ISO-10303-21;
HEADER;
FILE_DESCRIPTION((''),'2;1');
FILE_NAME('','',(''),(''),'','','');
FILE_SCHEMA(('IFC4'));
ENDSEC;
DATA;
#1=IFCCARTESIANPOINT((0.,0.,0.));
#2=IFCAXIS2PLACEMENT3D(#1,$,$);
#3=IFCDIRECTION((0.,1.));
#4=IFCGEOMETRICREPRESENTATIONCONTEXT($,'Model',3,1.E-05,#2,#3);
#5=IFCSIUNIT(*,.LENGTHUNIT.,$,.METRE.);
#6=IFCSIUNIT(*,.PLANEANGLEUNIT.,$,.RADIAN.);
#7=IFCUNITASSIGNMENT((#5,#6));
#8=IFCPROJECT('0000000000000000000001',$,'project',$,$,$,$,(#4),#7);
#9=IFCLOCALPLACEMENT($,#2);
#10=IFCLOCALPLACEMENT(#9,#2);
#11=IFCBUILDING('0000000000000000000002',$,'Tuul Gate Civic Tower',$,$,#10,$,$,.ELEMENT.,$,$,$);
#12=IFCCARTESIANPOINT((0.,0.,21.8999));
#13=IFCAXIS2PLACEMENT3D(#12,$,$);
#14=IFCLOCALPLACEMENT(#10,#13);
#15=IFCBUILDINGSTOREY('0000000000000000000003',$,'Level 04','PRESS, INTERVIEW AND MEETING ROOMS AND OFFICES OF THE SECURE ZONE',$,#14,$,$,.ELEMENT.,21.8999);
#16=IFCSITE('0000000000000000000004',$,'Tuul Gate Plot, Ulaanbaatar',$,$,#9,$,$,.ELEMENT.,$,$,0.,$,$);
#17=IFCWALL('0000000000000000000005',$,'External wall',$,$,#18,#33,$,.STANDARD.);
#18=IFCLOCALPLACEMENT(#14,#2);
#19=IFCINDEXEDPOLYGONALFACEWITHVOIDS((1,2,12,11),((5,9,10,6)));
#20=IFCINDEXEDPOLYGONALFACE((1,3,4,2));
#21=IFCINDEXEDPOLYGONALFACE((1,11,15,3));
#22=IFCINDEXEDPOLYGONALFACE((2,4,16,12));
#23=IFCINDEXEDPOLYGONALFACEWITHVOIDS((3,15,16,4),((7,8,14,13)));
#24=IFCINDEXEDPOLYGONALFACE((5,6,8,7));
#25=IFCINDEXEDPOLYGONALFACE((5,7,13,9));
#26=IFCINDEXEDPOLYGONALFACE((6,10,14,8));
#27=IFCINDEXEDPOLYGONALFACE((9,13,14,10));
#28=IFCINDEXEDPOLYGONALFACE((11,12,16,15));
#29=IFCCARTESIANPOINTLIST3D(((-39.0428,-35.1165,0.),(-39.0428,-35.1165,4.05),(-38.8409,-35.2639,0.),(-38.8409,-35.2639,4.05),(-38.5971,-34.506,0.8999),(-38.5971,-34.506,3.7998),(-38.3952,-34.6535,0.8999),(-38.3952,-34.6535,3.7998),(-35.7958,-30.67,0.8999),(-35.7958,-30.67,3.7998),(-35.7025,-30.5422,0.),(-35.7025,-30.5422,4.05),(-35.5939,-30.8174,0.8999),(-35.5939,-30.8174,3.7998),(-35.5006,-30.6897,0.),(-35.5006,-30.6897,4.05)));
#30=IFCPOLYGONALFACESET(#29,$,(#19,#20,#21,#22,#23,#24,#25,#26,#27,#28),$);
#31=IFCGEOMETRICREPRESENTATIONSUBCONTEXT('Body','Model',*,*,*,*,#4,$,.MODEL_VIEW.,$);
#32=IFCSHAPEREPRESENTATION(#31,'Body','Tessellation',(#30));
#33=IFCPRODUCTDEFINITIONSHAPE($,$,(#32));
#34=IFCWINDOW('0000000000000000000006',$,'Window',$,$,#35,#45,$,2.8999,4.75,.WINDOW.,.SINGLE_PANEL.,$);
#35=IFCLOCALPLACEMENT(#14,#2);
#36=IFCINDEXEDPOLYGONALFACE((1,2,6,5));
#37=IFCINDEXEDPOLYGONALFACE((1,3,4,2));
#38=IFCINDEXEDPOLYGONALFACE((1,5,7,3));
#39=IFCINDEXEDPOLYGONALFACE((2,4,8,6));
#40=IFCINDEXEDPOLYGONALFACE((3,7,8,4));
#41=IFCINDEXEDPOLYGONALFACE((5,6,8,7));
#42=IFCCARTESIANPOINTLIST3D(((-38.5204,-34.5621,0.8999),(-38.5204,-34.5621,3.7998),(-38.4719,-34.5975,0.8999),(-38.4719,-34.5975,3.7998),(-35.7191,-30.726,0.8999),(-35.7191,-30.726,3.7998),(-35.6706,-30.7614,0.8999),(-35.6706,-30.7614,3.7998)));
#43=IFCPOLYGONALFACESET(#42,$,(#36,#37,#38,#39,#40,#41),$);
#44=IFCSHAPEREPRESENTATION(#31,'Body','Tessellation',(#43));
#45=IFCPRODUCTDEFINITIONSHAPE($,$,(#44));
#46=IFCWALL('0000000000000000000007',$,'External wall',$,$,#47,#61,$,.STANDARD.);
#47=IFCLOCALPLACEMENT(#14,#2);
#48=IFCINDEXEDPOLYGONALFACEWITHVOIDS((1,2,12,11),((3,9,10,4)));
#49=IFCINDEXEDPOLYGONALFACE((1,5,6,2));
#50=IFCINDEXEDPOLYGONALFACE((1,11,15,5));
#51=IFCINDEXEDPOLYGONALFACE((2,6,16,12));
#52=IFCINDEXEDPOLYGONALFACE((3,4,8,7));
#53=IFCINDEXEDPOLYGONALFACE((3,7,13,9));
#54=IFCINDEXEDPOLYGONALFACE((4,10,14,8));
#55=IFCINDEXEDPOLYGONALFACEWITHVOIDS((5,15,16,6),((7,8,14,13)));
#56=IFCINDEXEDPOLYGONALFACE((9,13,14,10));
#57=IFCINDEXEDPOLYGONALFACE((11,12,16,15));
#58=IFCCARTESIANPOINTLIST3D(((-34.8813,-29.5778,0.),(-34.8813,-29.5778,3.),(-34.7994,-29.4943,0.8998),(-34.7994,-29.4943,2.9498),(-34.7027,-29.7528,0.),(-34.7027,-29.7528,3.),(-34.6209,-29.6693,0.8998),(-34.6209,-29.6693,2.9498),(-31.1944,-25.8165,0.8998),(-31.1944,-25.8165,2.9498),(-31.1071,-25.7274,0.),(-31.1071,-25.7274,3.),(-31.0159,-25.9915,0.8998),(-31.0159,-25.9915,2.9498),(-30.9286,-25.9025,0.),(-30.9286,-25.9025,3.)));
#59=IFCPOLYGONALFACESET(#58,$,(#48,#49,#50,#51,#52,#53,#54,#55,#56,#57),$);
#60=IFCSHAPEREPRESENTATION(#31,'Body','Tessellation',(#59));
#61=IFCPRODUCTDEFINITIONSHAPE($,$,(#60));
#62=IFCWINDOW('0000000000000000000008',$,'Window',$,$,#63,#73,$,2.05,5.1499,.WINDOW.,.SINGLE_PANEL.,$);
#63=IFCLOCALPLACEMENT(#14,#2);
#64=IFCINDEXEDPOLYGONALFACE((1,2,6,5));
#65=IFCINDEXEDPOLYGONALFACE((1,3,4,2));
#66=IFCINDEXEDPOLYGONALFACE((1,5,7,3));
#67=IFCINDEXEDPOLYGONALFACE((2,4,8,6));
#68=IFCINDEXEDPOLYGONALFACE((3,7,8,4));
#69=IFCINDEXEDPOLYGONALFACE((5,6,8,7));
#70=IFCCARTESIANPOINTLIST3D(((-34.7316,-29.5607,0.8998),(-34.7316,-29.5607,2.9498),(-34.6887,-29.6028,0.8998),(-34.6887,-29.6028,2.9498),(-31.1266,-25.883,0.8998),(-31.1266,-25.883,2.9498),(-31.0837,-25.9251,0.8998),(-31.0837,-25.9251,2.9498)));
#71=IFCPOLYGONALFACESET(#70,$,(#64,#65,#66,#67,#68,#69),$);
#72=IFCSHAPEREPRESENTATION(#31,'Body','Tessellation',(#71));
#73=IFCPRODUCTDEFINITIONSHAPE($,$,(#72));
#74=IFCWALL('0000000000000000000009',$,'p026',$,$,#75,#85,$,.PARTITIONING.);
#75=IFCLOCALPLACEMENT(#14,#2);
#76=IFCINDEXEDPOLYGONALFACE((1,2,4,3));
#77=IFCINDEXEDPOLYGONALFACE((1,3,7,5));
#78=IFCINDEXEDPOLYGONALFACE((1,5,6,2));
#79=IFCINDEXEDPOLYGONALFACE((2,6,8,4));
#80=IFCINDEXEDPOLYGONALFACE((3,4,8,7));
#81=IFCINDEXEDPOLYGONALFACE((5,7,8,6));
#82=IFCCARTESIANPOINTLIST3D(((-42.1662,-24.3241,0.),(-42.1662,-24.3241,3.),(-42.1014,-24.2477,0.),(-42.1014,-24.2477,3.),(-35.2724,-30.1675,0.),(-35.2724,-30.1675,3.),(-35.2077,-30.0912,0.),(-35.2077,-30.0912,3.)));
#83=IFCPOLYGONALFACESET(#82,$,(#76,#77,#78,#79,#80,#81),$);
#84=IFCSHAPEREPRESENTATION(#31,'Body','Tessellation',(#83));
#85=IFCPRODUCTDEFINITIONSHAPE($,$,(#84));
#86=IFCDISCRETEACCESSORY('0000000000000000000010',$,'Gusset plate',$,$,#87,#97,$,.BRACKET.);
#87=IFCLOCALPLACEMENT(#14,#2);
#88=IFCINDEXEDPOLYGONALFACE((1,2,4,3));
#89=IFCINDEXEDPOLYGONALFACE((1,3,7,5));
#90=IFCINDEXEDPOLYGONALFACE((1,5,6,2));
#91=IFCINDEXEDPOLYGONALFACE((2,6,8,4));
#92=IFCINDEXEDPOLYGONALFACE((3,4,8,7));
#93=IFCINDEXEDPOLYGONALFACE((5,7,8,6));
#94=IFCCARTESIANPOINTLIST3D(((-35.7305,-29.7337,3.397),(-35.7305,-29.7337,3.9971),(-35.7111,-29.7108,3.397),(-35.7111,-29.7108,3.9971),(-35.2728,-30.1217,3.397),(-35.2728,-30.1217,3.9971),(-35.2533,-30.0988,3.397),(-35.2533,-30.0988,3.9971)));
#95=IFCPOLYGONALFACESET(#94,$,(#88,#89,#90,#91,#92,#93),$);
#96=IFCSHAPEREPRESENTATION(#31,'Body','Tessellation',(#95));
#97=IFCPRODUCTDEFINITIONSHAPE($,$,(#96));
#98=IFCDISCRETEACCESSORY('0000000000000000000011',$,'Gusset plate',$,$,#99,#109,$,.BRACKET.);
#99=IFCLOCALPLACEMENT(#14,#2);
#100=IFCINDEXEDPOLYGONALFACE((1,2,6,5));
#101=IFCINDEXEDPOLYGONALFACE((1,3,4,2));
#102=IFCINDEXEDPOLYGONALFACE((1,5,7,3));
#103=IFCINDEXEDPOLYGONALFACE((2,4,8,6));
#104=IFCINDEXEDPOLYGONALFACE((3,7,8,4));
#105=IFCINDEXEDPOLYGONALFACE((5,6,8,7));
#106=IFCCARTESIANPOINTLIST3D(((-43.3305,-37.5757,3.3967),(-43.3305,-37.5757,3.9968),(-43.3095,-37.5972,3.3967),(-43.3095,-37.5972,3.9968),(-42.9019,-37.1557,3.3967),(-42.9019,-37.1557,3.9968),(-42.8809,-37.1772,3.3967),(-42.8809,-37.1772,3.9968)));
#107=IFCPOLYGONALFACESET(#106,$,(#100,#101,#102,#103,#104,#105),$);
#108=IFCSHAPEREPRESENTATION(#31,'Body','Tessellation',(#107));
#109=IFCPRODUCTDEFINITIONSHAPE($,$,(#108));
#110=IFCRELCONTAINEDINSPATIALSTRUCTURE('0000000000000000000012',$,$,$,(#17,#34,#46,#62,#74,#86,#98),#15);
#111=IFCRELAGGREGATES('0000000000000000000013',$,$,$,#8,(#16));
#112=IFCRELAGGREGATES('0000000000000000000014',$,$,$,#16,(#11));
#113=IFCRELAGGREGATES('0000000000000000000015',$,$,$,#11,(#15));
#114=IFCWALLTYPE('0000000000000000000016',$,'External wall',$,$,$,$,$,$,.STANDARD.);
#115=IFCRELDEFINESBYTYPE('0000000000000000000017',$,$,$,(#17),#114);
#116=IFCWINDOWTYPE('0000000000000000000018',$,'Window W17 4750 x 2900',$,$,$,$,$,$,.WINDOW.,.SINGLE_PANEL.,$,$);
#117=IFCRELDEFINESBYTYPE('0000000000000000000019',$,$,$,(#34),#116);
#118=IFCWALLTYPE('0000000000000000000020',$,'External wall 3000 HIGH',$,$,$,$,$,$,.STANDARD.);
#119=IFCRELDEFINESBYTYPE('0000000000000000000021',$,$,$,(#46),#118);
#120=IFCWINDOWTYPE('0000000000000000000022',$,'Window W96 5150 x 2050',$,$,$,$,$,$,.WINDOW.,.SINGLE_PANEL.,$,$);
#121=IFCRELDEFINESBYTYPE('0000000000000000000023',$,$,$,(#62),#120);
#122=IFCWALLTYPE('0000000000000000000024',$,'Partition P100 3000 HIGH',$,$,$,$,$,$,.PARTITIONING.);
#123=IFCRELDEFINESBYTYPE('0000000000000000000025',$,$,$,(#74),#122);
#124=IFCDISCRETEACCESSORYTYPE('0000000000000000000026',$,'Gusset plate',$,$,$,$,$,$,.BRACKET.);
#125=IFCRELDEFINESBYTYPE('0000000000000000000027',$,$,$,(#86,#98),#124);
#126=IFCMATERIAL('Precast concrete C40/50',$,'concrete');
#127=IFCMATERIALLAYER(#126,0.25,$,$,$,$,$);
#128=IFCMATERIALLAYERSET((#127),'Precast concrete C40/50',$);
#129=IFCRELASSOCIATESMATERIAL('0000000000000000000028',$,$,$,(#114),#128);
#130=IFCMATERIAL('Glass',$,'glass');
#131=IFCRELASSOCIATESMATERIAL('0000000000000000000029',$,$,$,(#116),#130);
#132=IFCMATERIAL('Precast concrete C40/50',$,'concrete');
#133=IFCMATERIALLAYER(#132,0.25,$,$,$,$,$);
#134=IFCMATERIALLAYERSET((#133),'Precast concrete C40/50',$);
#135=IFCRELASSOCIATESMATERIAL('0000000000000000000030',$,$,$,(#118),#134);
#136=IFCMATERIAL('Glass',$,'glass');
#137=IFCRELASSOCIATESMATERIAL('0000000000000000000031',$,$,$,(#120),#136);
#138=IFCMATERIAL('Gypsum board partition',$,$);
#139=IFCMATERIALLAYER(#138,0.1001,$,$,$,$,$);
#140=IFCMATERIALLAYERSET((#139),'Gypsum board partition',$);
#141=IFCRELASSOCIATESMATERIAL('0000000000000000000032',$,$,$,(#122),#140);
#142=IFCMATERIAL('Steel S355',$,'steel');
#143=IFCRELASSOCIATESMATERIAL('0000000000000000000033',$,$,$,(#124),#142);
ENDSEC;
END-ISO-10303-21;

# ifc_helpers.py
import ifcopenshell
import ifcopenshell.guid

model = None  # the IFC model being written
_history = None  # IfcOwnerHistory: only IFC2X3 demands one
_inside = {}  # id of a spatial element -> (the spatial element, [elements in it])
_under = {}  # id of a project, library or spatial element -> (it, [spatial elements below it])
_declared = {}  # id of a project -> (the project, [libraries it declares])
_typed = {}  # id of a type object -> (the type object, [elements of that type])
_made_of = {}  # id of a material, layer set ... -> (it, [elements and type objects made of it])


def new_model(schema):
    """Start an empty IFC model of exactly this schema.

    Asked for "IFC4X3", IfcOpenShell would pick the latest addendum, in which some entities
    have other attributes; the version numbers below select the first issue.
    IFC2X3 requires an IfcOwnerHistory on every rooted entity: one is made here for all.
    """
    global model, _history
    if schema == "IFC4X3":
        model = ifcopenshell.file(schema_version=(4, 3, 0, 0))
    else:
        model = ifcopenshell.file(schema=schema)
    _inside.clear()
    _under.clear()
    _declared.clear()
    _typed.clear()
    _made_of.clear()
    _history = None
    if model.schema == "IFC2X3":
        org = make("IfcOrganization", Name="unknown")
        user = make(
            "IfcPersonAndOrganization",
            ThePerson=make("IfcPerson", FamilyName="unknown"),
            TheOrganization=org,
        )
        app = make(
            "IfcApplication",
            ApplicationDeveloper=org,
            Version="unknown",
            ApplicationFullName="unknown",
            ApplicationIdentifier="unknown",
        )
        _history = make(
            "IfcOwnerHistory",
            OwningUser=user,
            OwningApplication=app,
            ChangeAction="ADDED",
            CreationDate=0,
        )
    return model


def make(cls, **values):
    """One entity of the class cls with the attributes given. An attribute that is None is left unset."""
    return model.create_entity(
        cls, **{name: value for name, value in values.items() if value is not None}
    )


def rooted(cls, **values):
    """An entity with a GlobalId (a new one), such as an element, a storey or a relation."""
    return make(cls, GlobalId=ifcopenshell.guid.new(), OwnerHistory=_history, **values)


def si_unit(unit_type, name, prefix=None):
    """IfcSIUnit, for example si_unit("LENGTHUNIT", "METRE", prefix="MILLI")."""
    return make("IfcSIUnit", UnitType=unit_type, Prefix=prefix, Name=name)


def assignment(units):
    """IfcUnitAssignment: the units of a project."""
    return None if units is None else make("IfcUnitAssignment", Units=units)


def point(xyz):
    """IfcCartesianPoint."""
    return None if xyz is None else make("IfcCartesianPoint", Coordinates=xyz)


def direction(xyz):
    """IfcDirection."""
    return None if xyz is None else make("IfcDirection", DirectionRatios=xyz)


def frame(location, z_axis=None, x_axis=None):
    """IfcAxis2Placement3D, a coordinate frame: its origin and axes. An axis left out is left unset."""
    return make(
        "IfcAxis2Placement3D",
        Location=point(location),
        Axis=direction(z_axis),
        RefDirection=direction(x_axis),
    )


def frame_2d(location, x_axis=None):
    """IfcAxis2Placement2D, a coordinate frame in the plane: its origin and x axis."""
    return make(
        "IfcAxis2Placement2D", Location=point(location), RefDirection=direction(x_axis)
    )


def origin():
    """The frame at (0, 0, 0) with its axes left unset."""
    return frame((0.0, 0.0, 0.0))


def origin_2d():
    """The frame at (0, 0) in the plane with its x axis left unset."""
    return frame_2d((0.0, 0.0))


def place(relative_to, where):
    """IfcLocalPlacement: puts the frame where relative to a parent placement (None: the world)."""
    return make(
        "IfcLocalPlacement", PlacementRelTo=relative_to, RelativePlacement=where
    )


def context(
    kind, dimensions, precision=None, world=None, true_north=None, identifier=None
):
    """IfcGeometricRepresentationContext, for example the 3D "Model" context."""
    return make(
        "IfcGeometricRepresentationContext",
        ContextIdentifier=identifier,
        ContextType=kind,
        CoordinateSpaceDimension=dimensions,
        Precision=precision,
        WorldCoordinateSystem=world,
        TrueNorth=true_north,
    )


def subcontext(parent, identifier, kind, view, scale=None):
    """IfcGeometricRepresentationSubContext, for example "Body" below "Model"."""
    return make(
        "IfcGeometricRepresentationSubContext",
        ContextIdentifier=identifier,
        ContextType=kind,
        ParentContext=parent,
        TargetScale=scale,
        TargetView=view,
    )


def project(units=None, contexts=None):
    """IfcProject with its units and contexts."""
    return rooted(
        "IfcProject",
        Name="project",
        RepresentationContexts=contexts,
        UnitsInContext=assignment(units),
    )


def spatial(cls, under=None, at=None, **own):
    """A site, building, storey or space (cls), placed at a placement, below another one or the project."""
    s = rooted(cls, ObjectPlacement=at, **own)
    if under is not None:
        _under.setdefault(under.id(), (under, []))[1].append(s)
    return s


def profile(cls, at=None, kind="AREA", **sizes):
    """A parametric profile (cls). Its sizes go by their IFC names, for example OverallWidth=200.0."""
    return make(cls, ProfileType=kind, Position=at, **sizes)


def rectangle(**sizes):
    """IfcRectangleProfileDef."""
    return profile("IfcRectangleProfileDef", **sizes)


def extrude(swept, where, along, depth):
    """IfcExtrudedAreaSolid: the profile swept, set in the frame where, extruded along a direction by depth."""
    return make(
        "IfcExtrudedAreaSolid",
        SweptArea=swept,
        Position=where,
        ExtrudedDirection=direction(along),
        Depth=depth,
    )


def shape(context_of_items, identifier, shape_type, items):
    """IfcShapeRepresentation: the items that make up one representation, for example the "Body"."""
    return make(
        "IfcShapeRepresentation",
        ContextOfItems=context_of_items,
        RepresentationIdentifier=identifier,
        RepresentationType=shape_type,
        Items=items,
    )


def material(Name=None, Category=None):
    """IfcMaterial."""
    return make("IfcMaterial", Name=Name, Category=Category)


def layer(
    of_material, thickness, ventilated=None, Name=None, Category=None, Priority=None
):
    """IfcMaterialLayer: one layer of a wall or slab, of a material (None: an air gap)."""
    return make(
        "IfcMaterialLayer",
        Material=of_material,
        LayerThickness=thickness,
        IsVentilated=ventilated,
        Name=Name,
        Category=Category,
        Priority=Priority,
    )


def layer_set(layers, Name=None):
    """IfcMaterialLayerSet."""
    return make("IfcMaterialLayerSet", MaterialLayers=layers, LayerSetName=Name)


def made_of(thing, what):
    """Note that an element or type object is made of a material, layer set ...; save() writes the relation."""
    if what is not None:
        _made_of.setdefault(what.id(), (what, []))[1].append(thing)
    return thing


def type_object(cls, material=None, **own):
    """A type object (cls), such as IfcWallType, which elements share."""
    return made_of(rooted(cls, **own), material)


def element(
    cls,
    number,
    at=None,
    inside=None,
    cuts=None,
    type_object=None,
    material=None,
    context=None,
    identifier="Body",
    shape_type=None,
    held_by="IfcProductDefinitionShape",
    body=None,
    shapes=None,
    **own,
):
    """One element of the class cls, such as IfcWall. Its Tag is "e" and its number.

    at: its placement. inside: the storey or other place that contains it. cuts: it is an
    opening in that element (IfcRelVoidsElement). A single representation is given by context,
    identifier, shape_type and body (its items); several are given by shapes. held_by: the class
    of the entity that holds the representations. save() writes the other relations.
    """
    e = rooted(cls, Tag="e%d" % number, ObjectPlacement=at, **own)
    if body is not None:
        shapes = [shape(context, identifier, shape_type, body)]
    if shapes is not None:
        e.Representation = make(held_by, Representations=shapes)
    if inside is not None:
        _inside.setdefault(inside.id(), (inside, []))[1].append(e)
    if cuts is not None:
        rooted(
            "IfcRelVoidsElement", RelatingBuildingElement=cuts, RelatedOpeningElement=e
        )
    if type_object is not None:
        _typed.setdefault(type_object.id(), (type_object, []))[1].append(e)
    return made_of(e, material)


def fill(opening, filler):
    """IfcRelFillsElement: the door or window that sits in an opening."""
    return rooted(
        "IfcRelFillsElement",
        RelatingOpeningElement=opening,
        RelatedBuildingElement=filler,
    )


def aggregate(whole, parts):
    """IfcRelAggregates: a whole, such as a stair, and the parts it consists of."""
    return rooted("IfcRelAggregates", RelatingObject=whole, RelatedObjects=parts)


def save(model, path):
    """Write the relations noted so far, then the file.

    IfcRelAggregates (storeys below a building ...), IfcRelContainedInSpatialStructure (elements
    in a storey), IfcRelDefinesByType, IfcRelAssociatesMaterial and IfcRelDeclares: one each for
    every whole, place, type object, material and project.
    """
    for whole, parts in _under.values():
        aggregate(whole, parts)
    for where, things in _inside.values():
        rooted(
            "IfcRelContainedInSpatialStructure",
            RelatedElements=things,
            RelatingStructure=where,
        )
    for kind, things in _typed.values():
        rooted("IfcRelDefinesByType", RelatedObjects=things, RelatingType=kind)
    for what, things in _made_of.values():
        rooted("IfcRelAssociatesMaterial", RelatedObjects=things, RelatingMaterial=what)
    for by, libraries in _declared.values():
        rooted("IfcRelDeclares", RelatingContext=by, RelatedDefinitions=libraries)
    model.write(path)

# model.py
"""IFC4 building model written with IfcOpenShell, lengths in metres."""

from ifc_helpers import new_model, si_unit, direction, frame, frame_2d, origin, origin_2d, place, context, subcontext, project, spatial, rectangle, extrude, material, layer, layer_set, type_object, element, fill, save


model = new_model("IFC4")

# Units and contexts
model_context = context("Model", 3, precision=1e-05, world=origin(), true_north=direction((0.0, 1.0)))
body_context = subcontext(model_context, "Body", "Model", "MODEL_VIEW")
ifc_project = project(units=[si_unit("LENGTHUNIT", "METRE"), si_unit("PLANEANGLEUNIT", "RADIAN")], contexts=[model_context])

# Site, building, storey
site_placement = place(None, origin())
site = spatial("IfcSite", under=ifc_project, at=site_placement, Name="Tuul Gate Plot, Ulaanbaatar", CompositionType="ELEMENT", RefElevation=0.0)
building_placement = place(site_placement, origin())
building = spatial("IfcBuilding", under=site, at=building_placement, Name="Tuul Gate Civic Tower", CompositionType="ELEMENT")
storey_placement = place(building_placement, frame((0.0, 0.0, 21.8999)))
storey = spatial("IfcBuildingStorey", under=building, at=storey_placement, Name="Level 04", Description="PRESS, INTERVIEW AND MEETING ROOMS AND OFFICES OF THE SECURE ZONE", CompositionType="ELEMENT", Elevation=21.8999)

# Shared definitions
ifc_material_1 = material(Name="Precast concrete C40/50", Category="concrete")
ifc_layer_1 = layer(ifc_material_1, 0.25)
ifc_layer_set_1 = layer_set([ifc_layer_1], Name="Precast concrete C40/50")
wall_type_1 = type_object("IfcWallType", Name="External wall", PredefinedType="STANDARD", material=ifc_layer_set_1)

# Walls, openings, windows
wall_1_placement = place(storey_placement, frame((-38.9419, -35.1902, 0.0), z_axis=(0.0, 0.0, 1.0), x_axis=(0.589744, 0.80759, 0.0)))
wall_1 = element("IfcWall", 1, at=wall_1_placement, inside=storey, type_object=wall_type_1, Name="External wall", PredefinedType="STANDARD", context=body_context, shape_type="SweptSolid", body=[
    extrude(rectangle(XDim=5.6641, YDim=0.25, at=frame_2d((2.832, 0.0))), origin(), (0.0, 0.0, 1.0), 4.05),
])
opening_1_placement = place(wall_1_placement, frame((0.7559, 0.0, 0.8999)))
opening_1 = element("IfcOpeningElement", 2, at=opening_1_placement, cuts=wall_1, PredefinedType="OPENING", context=body_context, shape_type="SweptSolid", body=[
    extrude(rectangle(XDim=4.75, YDim=2.8999, at=frame_2d((2.375, 1.45))), frame((0.0, 0.135, 0.0), z_axis=(0.0, -1.0, 0.0), x_axis=(1.0, 0.0, 0.0)), (0.0, 0.0, 1.0), 0.27),
])
ifc_material_2 = material(Name="Glass", Category="glass")
window_type_1 = type_object("IfcWindowType", Name="Window W17 4750 x 2900", PartitioningType="SINGLE_PANEL", PredefinedType="WINDOW", material=ifc_material_2)
window_1_placement = place(opening_1_placement, origin())
window_1 = element("IfcWindow", 3, at=window_1_placement, inside=storey, type_object=window_type_1, Name="Window", OverallHeight=2.8999, OverallWidth=4.75, PartitioningType="SINGLE_PANEL", PredefinedType="WINDOW", context=body_context, shape_type="SweptSolid", body=[
    extrude(rectangle(XDim=4.75, YDim=2.8999, at=frame_2d((2.375, 1.45))), frame((0.0, 0.03, 0.0), z_axis=(0.0, -1.0, 0.0), x_axis=(1.0, 0.0, 0.0)), (0.0, 0.0, 1.0), 0.0601),
])
fill(opening_1, window_1)
ifc_material_3 = material(Name="Precast concrete C40/50", Category="concrete")
ifc_layer_2 = layer(ifc_material_3, 0.25)
ifc_layer_set_2 = layer_set([ifc_layer_2], Name="Precast concrete C40/50")
wall_type_2 = type_object("IfcWallType", Name="External wall 3000 HIGH", PredefinedType="STANDARD", material=ifc_layer_set_2)
wall_2_placement = place(storey_placement, frame((-34.792, -29.6653, 0.0), z_axis=(0.0, 0.0, 1.0), x_axis=(0.700008, 0.714135, 0.0)))
wall_2 = element("IfcWall", 4, at=wall_2_placement, inside=storey, type_object=wall_type_2, Name="External wall", PredefinedType="STANDARD", context=body_context, shape_type="SweptSolid", body=[
    extrude(rectangle(XDim=5.3916, YDim=0.25, at=frame_2d((2.6958, 0.0))), origin(), (0.0, 0.0, 1.0), 3.0),
])
opening_2_placement = place(wall_2_placement, frame((0.1169, 0.0, 0.8999)))
opening_2 = element("IfcOpeningElement", 5, at=opening_2_placement, cuts=wall_2, PredefinedType="OPENING", context=body_context, shape_type="SweptSolid", body=[
    extrude(rectangle(XDim=5.1499, YDim=2.05, at=frame_2d((2.575, 1.0249))), frame((0.0, 0.135, 0.0), z_axis=(0.0, -1.0, 0.0), x_axis=(1.0, 0.0, 0.0)), (0.0, 0.0, 1.0), 0.27),
])
ifc_material_4 = material(Name="Glass", Category="glass")
window_type_2 = type_object("IfcWindowType", Name="Window W96 5150 x 2050", PartitioningType="SINGLE_PANEL", PredefinedType="WINDOW", material=ifc_material_4)
window_2_placement = place(opening_2_placement, origin())
window_2 = element("IfcWindow", 6, at=window_2_placement, inside=storey, type_object=window_type_2, Name="Window", OverallHeight=2.05, OverallWidth=5.1499, PartitioningType="SINGLE_PANEL", PredefinedType="WINDOW", context=body_context, shape_type="SweptSolid", body=[
    extrude(rectangle(XDim=5.1499, YDim=2.05, at=frame_2d((2.575, 1.0249))), frame((0.0, 0.03, 0.0), z_axis=(0.0, -1.0, 0.0), x_axis=(1.0, 0.0, 0.0)), (0.0, 0.0, 1.0), 0.0601),
])
fill(opening_2, window_2)

# Wall
ifc_material_5 = material(Name="Gypsum board partition")
ifc_layer_3 = layer(ifc_material_5, 0.1001)
ifc_layer_set_3 = layer_set([ifc_layer_3], Name="Gypsum board partition")
wall_type_3 = type_object("IfcWallType", Name="Partition P100 3000 HIGH", PredefinedType="PARTITIONING", material=ifc_layer_set_3)
wall_3_placement = place(storey_placement, frame((-42.1338, -24.2859, 0.0), z_axis=(0.0, 0.0, 1.0), x_axis=(0.762824, -0.646606, 0.0)))
element("IfcWall", 7, at=wall_3_placement, inside=storey, type_object=wall_type_3, Name="p026", PredefinedType="PARTITIONING", context=body_context, shape_type="SweptSolid", body=[
    extrude(rectangle(XDim=9.0371, YDim=0.1001, at=frame_2d((4.5186, 0.0))), origin(), (0.0, 0.0, 1.0), 3.0),
])

# Discrete accessories
ifc_material_6 = material(Name="Steel S355", Category="steel")
discrete_accessory_type = type_object("IfcDiscreteAccessoryType", Name="Gusset plate", PredefinedType="BRACKET", material=ifc_material_6)
for number, where, z_axis, x_axis, name in (
    (8, (-35.4919, -29.9163, 3.397), (0.0, 0.0, 1.0), (-0.762835, 0.646593, 0.0), "Gusset plate"),
    (9, (-43.1057, -37.3765, 3.3967), (0.0, 0.0, 1.0), (0.714249, 0.699891, 0.0), "Gusset plate"),
):
    element("IfcDiscreteAccessory", number, at=place(storey_placement, frame(where, z_axis=z_axis, x_axis=x_axis)), inside=storey, type_object=discrete_accessory_type, Name=name, PredefinedType="BRACKET", context=body_context, shape_type="SweptSolid", body=[
        extrude(rectangle(XDim=0.6001, YDim=0.03, at=origin_2d()), origin(), (0.0, 0.0, 1.0), 0.6001),
    ])

save(model, "model.ifc")
